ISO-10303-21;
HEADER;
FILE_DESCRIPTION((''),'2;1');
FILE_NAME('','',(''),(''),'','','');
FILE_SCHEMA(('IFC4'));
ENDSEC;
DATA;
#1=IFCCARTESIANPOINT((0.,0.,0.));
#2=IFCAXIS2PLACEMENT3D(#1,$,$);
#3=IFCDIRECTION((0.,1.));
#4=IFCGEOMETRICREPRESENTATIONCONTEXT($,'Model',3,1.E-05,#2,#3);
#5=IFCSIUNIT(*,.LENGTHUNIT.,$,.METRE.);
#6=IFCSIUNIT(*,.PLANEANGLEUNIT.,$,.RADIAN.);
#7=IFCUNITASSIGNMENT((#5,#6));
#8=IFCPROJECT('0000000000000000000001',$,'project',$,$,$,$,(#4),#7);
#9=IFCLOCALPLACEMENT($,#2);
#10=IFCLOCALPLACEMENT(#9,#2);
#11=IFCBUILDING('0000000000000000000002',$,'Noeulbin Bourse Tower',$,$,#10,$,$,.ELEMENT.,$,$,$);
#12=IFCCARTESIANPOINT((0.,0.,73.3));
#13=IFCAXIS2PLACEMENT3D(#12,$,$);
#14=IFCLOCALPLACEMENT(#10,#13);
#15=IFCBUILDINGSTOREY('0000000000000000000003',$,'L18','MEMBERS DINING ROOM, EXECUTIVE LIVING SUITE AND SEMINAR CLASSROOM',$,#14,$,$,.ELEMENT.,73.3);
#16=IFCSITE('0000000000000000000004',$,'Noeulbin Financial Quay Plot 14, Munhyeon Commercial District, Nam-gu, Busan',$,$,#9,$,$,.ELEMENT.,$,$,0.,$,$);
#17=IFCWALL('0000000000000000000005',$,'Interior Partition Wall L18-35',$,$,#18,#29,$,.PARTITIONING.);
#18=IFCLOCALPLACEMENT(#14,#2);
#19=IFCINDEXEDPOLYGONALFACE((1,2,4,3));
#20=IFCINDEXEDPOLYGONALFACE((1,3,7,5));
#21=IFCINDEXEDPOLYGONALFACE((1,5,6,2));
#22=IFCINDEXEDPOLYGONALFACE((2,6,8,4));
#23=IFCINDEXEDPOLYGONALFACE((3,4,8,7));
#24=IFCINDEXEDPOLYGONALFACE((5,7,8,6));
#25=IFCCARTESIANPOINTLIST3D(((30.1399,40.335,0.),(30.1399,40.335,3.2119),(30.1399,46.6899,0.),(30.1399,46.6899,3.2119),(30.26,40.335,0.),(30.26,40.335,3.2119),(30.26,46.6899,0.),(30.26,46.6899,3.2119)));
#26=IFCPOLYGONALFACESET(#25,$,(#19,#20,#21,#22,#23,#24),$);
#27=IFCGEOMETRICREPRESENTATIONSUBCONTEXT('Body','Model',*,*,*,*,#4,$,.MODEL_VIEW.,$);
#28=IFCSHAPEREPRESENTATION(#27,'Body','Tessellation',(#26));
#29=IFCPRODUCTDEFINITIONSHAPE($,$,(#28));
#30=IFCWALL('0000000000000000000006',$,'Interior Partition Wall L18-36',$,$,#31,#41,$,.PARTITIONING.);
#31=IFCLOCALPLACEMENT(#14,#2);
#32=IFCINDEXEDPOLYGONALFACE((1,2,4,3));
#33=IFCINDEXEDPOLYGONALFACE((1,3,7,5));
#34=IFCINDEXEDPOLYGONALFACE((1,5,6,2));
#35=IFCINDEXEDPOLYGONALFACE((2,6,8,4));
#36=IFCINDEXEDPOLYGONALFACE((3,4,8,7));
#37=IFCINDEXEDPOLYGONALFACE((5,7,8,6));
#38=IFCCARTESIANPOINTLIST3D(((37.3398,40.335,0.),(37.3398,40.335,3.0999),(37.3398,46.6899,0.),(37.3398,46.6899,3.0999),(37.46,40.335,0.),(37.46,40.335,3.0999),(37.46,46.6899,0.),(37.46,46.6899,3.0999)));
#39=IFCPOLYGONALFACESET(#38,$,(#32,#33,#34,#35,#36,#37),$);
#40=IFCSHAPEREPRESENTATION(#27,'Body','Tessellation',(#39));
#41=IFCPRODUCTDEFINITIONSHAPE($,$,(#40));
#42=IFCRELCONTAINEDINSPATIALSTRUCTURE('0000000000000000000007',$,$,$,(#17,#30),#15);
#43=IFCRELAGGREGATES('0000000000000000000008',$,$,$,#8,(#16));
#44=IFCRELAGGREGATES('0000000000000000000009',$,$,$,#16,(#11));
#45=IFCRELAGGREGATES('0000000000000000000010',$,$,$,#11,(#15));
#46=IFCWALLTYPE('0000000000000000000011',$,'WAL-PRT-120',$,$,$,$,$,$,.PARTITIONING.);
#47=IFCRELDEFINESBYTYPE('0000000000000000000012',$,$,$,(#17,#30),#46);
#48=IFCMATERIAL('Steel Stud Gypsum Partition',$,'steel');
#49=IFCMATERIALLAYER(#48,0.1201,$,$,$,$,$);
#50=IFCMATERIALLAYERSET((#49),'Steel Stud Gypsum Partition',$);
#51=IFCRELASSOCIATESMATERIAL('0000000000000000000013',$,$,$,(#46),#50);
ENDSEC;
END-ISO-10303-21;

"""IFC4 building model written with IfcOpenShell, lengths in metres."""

from ifc_helpers import new_model, si_unit, direction, frame, frame_2d, origin, place, context, subcontext, project, spatial, rectangle, extrude, material, layer, layer_set, type_object, element, save


model = new_model("IFC4")

# Units and contexts
model_context = context("Model", 3, precision=1e-05, world=origin(), true_north=direction((0.0, 1.0)))
body_context = subcontext(model_context, "Body", "Model", "MODEL_VIEW")
ifc_project = project(units=[si_unit("LENGTHUNIT", "METRE"), si_unit("PLANEANGLEUNIT", "RADIAN")], contexts=[model_context])

# Site, building, storey
site_placement = place(None, origin())
site = spatial("IfcSite", under=ifc_project, at=site_placement, Name="Noeulbin Financial Quay Plot 14, Munhyeon Commercial District, Nam-gu, Busan", CompositionType="ELEMENT", RefElevation=0.0)
building_placement = place(site_placement, origin())
building = spatial("IfcBuilding", under=site, at=building_placement, Name="Noeulbin Bourse Tower", CompositionType="ELEMENT")
storey_placement = place(building_placement, frame((0.0, 0.0, 73.3)))
storey = spatial("IfcBuildingStorey", under=building, at=storey_placement, Name="L18", Description="MEMBERS DINING ROOM, EXECUTIVE LIVING SUITE AND SEMINAR CLASSROOM", CompositionType="ELEMENT", Elevation=73.3)

# Walls
ifc_material_1 = material(Name="Steel Stud Gypsum Partition", Category="steel")
ifc_layer_1 = layer(ifc_material_1, 0.1201)
ifc_layer_set_1 = layer_set([ifc_layer_1], Name="Steel Stud Gypsum Partition")
wall_type = type_object("IfcWallType", Name="WAL-PRT-120", PredefinedType="PARTITIONING", material=ifc_layer_set_1)
wall_1_placement = place(storey_placement, frame((30.2, 40.335, 0.0), z_axis=(0.0, 0.0, 1.0), x_axis=(0.0, 1.0, 0.0)))
element("IfcWall", 1, at=wall_1_placement, inside=storey, type_object=wall_type, Name="Interior Partition Wall L18-35", PredefinedType="PARTITIONING", context=body_context, shape_type="SweptSolid", body=[
    extrude(rectangle(XDim=6.355, YDim=0.1201, at=frame_2d((3.1775, 0.0))), origin(), (0.0, 0.0, 1.0), 3.2119),
])
wall_2_placement = place(storey_placement, frame((37.3999, 40.335, 0.0), z_axis=(0.0, 0.0, 1.0), x_axis=(0.0, 1.0, 0.0)))
element("IfcWall", 2, at=wall_2_placement, inside=storey, type_object=wall_type, Name="Interior Partition Wall L18-36", PredefinedType="PARTITIONING", context=body_context, shape_type="SweptSolid", body=[
    extrude(rectangle(XDim=6.355, YDim=0.1201, at=frame_2d((3.1775, 0.0))), origin(), (0.0, 0.0, 1.0), 3.0999),
])

save(model, "model.ifc")
